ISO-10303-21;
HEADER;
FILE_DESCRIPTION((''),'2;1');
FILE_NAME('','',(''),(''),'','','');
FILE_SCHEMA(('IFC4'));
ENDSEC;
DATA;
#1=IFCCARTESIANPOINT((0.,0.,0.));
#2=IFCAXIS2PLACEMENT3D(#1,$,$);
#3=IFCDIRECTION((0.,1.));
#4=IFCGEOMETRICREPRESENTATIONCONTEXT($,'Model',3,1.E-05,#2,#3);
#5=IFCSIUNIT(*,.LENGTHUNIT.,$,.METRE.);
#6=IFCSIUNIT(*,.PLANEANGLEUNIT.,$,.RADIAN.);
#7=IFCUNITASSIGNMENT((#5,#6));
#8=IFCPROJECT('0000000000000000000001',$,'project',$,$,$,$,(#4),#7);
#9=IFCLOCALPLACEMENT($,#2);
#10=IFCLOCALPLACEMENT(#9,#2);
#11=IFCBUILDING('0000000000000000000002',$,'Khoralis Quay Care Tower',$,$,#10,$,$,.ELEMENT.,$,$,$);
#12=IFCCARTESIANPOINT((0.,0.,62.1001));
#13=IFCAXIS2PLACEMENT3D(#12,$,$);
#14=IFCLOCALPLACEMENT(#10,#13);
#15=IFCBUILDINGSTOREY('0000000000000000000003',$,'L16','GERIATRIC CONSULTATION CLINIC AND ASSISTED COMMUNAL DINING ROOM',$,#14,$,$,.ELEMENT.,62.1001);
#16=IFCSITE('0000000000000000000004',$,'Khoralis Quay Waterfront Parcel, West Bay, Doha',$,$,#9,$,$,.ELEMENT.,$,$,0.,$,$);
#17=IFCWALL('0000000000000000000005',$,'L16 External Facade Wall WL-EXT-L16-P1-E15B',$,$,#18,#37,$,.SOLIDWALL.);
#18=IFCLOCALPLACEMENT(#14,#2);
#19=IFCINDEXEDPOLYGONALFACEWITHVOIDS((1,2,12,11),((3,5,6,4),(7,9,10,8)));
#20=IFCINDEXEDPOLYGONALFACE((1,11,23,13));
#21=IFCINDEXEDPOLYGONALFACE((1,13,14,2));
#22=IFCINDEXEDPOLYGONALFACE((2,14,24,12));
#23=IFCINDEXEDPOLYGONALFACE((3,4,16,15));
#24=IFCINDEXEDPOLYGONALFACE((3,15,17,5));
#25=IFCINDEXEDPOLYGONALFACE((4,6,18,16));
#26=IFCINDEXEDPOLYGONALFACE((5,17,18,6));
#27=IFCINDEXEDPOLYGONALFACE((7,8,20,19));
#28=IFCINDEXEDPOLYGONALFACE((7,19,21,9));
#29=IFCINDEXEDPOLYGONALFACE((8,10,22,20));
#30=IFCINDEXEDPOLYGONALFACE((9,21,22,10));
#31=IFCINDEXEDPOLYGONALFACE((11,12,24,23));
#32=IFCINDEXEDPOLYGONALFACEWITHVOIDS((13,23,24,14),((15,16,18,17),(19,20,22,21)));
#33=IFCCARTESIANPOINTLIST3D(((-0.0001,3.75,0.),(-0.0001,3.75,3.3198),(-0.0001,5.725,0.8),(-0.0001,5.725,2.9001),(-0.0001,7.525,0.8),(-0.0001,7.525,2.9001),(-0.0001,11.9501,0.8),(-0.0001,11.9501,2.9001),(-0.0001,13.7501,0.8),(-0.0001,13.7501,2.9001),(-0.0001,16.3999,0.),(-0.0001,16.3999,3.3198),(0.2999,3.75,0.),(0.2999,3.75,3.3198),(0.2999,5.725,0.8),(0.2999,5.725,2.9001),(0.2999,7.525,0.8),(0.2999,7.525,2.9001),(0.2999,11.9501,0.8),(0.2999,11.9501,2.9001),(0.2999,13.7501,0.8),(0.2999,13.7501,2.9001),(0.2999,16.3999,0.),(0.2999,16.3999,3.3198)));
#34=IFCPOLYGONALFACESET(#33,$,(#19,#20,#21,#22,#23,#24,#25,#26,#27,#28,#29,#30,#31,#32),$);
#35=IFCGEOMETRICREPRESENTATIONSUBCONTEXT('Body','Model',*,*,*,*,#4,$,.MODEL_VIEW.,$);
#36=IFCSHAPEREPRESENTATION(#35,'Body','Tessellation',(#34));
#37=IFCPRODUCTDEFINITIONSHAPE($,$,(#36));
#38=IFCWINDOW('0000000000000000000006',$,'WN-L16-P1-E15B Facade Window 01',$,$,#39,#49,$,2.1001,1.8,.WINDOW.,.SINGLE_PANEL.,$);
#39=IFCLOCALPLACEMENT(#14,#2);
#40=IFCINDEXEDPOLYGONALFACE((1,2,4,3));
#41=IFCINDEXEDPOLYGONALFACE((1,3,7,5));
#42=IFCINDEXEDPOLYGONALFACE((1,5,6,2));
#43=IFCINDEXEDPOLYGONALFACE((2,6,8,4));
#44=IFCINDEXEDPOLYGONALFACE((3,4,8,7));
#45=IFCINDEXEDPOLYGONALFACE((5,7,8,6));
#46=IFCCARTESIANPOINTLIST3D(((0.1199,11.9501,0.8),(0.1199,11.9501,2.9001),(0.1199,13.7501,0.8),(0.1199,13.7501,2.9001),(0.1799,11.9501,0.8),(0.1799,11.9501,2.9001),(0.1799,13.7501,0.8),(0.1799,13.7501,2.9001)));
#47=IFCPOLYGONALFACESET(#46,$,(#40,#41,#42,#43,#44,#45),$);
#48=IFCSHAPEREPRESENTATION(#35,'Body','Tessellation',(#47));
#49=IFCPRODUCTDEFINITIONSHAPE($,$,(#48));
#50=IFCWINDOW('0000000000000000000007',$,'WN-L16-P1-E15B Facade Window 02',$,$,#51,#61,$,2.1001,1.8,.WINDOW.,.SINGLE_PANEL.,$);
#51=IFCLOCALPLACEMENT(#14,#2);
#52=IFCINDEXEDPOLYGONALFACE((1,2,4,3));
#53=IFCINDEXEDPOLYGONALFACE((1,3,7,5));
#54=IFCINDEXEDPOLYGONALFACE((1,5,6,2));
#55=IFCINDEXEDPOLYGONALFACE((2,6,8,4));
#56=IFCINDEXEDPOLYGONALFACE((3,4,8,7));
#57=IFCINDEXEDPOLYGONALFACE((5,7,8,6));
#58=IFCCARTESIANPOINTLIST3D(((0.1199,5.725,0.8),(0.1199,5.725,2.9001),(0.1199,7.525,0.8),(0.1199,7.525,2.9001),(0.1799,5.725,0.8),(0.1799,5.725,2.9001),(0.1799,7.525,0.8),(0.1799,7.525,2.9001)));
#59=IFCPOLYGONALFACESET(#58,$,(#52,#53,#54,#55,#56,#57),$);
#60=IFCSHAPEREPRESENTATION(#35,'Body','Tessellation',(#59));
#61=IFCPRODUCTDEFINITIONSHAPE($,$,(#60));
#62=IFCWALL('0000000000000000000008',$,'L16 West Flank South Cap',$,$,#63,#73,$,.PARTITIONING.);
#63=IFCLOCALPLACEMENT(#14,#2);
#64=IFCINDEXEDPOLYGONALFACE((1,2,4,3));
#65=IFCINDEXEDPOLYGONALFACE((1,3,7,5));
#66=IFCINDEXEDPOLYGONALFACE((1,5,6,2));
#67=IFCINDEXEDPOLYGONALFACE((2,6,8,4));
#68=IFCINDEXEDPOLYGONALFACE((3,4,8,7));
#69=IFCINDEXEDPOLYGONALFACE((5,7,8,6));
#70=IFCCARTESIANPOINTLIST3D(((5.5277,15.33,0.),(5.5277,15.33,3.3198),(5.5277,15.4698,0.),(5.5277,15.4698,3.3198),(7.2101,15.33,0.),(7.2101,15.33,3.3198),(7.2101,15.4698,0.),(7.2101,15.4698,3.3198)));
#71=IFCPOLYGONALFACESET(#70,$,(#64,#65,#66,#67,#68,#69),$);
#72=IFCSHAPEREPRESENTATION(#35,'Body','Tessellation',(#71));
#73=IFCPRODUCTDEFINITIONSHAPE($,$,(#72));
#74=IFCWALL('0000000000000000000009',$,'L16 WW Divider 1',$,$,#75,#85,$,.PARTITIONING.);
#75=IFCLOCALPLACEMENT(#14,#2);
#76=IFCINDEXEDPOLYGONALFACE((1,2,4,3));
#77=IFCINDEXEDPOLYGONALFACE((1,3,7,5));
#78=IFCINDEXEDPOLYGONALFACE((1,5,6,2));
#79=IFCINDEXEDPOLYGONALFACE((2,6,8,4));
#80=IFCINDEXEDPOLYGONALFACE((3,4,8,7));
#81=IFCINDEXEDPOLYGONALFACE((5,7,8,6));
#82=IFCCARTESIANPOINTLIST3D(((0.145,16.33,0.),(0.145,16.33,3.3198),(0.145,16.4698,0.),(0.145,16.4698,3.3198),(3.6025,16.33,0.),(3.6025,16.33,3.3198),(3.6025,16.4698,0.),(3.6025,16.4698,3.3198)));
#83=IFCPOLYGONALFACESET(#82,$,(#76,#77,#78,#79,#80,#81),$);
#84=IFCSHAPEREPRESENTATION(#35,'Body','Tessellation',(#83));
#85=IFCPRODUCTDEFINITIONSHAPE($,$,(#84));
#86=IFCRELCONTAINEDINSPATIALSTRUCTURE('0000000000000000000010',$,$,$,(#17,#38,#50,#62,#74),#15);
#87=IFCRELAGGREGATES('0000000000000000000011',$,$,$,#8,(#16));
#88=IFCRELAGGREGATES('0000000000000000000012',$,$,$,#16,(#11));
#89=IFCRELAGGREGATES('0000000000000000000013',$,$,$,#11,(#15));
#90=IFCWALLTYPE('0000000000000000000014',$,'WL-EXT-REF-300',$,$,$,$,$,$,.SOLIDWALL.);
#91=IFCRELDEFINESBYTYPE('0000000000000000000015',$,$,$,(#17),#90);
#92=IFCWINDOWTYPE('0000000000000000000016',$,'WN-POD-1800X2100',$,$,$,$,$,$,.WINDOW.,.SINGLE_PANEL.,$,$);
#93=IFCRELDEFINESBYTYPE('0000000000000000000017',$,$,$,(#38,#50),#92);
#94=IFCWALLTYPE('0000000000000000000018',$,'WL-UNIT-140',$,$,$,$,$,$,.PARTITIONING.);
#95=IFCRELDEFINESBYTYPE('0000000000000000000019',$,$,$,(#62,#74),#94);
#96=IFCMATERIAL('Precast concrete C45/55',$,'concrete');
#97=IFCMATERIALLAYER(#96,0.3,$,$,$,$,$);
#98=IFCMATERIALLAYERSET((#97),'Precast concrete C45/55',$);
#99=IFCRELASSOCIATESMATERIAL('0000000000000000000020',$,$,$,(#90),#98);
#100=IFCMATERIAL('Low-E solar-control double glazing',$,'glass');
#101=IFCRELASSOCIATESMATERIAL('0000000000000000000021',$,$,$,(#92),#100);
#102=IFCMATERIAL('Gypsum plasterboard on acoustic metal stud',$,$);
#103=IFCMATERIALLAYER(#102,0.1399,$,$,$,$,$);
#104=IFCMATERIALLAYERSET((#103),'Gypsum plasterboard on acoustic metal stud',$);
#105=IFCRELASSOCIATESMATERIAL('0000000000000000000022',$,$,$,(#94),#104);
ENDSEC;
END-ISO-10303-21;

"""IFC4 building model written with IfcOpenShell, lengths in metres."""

from ifc_helpers import new_model, si_unit, direction, frame, frame_2d, origin, place, context, subcontext, project, spatial, rectangle, extrude, source, transform, mapped, material, layer, layer_set, type_object, element, fill, save


model = new_model("IFC4")

# Units and contexts
model_context = context("Model", 3, precision=1e-05, world=origin(), true_north=direction((0.0, 1.0)))
body_context = subcontext(model_context, "Body", "Model", "MODEL_VIEW")
ifc_project = project(units=[si_unit("LENGTHUNIT", "METRE"), si_unit("PLANEANGLEUNIT", "RADIAN")], contexts=[model_context])

# Site, building, storey
site_placement = place(None, origin())
site = spatial("IfcSite", under=ifc_project, at=site_placement, Name="Khoralis Quay Waterfront Parcel, West Bay, Doha", CompositionType="ELEMENT", RefElevation=0.0)
building_placement = place(site_placement, origin())
building = spatial("IfcBuilding", under=site, at=building_placement, Name="Khoralis Quay Care Tower", CompositionType="ELEMENT")
storey_placement = place(building_placement, frame((0.0, 0.0, 62.1001)))
storey = spatial("IfcBuildingStorey", under=building, at=storey_placement, Name="L16", Description="GERIATRIC CONSULTATION CLINIC AND ASSISTED COMMUNAL DINING ROOM", CompositionType="ELEMENT", Elevation=62.1001)

# Shared definitions
ifc_material_1 = material(Name="Low-E solar-control double glazing", Category="glass")

# Shared definitions
ifc_material_2 = material(Name="Gypsum plasterboard on acoustic metal stud")

# Wall, openings, windows
ifc_material_3 = material(Name="Precast concrete C45/55", Category="concrete")
ifc_layer_1 = layer(ifc_material_3, 0.3)
ifc_layer_set_1 = layer_set([ifc_layer_1], Name="Precast concrete C45/55")
wall_type_1 = type_object("IfcWallType", Name="WL-EXT-REF-300", PredefinedType="SOLIDWALL", material=ifc_layer_set_1)
wall_1_placement = place(storey_placement, frame((0.1499, 16.3999, 0.0), z_axis=(0.0, 0.0, 1.0), x_axis=(0.0, -1.0, 0.0)))
wall_1 = element("IfcWall", 1, at=wall_1_placement, inside=storey, type_object=wall_type_1, Name="L16 External Facade Wall WL-EXT-L16-P1-E15B", PredefinedType="SOLIDWALL", context=body_context, shape_type="SweptSolid", body=[
    extrude(rectangle(XDim=12.6499, YDim=0.3, at=frame_2d((6.325, 0.0))), origin(), (0.0, 0.0, 1.0), 3.3198),
])
opening_1_placement = place(wall_1_placement, frame((2.6499, 0.0, 0.8)))
opening_1 = element("IfcOpeningElement", 2, at=opening_1_placement, cuts=wall_1, PredefinedType="OPENING", context=body_context, shape_type="SweptSolid", body=[
    extrude(rectangle(XDim=1.8, YDim=2.1001, at=frame_2d((0.8999, 1.05))), frame((0.0, 0.1602, 0.0), z_axis=(0.0, -1.0, 0.0), x_axis=(1.0, 0.0, 0.0)), (0.0, 0.0, 1.0), 0.3201),
])
opening_2_placement = place(wall_1_placement, frame((8.875, 0.0, 0.8)))
opening_2 = element("IfcOpeningElement", 3, at=opening_2_placement, cuts=wall_1, PredefinedType="OPENING", context=body_context, shape_type="SweptSolid", body=[
    extrude(rectangle(XDim=1.8, YDim=2.1001, at=frame_2d((0.8999, 1.05))), frame((0.0, 0.1602, 0.0), z_axis=(0.0, -1.0, 0.0), x_axis=(1.0, 0.0, 0.0)), (0.0, 0.0, 1.0), 0.3201),
])
window_type = type_object("IfcWindowType", Name="WN-POD-1800X2100", PartitioningType="SINGLE_PANEL", PredefinedType="WINDOW", material=ifc_material_1)
shared_shape_1 = source(origin(), body_context, "Body", "SweptSolid", [
    extrude(rectangle(XDim=1.8, YDim=2.1001, at=frame_2d((0.8999, 1.05))), frame((0.0, 0.03, 0.0), z_axis=(0.0, -1.0, 0.0), x_axis=(1.0, 0.0, 0.0)), (0.0, 0.0, 1.0), 0.0601),
])
window_1_placement = place(opening_1_placement, origin())
window_1 = element("IfcWindow", 4, at=window_1_placement, inside=storey, type_object=window_type, Name="WN-L16-P1-E15B Facade Window 01", OverallHeight=2.1001, OverallWidth=1.8, PartitioningType="SINGLE_PANEL", PredefinedType="WINDOW", context=body_context, shape_type="MappedRepresentation", body=[
    mapped(shared_shape_1, transform((0.0, 0.0, 0.0), scale=1.0)),
])
fill(opening_1, window_1)
window_2_placement = place(opening_2_placement, origin())
window_2 = element("IfcWindow", 5, at=window_2_placement, inside=storey, type_object=window_type, Name="WN-L16-P1-E15B Facade Window 02", OverallHeight=2.1001, OverallWidth=1.8, PartitioningType="SINGLE_PANEL", PredefinedType="WINDOW", context=body_context, shape_type="MappedRepresentation", body=[
    mapped(shared_shape_1, transform((0.0, 0.0, 0.0), scale=1.0)),
])
fill(opening_2, window_2)

# Walls
ifc_layer_2 = layer(ifc_material_2, 0.1399)
ifc_layer_set_2 = layer_set([ifc_layer_2], Name="Gypsum plasterboard on acoustic metal stud")
wall_type_2 = type_object("IfcWallType", Name="WL-UNIT-140", PredefinedType="PARTITIONING", material=ifc_layer_set_2)
wall_2_placement = place(storey_placement, frame((5.5276, 15.3999, 0.0), z_axis=(0.0, 0.0, 1.0), x_axis=(1.0, 0.0, 0.0)))
element("IfcWall", 6, at=wall_2_placement, inside=storey, type_object=wall_type_2, Name="L16 West Flank South Cap", PredefinedType="PARTITIONING", context=body_context, shape_type="SweptSolid", body=[
    extrude(rectangle(XDim=1.6824, YDim=0.1399, at=frame_2d((0.8413, 0.0))), origin(), (0.0, 0.0, 1.0), 3.3198),
])
wall_3_placement = place(storey_placement, frame((0.145, 16.3999, 0.0), z_axis=(0.0, 0.0, 1.0), x_axis=(1.0, 0.0, 0.0)))
element("IfcWall", 7, at=wall_3_placement, inside=storey, type_object=wall_type_2, Name="L16 WW Divider 1", PredefinedType="PARTITIONING", context=body_context, shape_type="SweptSolid", body=[
    extrude(rectangle(XDim=3.4575, YDim=0.1399, at=frame_2d((1.7288, 0.0))), origin(), (0.0, 0.0, 1.0), 3.3198),
])

save(model, "model.ifc")
